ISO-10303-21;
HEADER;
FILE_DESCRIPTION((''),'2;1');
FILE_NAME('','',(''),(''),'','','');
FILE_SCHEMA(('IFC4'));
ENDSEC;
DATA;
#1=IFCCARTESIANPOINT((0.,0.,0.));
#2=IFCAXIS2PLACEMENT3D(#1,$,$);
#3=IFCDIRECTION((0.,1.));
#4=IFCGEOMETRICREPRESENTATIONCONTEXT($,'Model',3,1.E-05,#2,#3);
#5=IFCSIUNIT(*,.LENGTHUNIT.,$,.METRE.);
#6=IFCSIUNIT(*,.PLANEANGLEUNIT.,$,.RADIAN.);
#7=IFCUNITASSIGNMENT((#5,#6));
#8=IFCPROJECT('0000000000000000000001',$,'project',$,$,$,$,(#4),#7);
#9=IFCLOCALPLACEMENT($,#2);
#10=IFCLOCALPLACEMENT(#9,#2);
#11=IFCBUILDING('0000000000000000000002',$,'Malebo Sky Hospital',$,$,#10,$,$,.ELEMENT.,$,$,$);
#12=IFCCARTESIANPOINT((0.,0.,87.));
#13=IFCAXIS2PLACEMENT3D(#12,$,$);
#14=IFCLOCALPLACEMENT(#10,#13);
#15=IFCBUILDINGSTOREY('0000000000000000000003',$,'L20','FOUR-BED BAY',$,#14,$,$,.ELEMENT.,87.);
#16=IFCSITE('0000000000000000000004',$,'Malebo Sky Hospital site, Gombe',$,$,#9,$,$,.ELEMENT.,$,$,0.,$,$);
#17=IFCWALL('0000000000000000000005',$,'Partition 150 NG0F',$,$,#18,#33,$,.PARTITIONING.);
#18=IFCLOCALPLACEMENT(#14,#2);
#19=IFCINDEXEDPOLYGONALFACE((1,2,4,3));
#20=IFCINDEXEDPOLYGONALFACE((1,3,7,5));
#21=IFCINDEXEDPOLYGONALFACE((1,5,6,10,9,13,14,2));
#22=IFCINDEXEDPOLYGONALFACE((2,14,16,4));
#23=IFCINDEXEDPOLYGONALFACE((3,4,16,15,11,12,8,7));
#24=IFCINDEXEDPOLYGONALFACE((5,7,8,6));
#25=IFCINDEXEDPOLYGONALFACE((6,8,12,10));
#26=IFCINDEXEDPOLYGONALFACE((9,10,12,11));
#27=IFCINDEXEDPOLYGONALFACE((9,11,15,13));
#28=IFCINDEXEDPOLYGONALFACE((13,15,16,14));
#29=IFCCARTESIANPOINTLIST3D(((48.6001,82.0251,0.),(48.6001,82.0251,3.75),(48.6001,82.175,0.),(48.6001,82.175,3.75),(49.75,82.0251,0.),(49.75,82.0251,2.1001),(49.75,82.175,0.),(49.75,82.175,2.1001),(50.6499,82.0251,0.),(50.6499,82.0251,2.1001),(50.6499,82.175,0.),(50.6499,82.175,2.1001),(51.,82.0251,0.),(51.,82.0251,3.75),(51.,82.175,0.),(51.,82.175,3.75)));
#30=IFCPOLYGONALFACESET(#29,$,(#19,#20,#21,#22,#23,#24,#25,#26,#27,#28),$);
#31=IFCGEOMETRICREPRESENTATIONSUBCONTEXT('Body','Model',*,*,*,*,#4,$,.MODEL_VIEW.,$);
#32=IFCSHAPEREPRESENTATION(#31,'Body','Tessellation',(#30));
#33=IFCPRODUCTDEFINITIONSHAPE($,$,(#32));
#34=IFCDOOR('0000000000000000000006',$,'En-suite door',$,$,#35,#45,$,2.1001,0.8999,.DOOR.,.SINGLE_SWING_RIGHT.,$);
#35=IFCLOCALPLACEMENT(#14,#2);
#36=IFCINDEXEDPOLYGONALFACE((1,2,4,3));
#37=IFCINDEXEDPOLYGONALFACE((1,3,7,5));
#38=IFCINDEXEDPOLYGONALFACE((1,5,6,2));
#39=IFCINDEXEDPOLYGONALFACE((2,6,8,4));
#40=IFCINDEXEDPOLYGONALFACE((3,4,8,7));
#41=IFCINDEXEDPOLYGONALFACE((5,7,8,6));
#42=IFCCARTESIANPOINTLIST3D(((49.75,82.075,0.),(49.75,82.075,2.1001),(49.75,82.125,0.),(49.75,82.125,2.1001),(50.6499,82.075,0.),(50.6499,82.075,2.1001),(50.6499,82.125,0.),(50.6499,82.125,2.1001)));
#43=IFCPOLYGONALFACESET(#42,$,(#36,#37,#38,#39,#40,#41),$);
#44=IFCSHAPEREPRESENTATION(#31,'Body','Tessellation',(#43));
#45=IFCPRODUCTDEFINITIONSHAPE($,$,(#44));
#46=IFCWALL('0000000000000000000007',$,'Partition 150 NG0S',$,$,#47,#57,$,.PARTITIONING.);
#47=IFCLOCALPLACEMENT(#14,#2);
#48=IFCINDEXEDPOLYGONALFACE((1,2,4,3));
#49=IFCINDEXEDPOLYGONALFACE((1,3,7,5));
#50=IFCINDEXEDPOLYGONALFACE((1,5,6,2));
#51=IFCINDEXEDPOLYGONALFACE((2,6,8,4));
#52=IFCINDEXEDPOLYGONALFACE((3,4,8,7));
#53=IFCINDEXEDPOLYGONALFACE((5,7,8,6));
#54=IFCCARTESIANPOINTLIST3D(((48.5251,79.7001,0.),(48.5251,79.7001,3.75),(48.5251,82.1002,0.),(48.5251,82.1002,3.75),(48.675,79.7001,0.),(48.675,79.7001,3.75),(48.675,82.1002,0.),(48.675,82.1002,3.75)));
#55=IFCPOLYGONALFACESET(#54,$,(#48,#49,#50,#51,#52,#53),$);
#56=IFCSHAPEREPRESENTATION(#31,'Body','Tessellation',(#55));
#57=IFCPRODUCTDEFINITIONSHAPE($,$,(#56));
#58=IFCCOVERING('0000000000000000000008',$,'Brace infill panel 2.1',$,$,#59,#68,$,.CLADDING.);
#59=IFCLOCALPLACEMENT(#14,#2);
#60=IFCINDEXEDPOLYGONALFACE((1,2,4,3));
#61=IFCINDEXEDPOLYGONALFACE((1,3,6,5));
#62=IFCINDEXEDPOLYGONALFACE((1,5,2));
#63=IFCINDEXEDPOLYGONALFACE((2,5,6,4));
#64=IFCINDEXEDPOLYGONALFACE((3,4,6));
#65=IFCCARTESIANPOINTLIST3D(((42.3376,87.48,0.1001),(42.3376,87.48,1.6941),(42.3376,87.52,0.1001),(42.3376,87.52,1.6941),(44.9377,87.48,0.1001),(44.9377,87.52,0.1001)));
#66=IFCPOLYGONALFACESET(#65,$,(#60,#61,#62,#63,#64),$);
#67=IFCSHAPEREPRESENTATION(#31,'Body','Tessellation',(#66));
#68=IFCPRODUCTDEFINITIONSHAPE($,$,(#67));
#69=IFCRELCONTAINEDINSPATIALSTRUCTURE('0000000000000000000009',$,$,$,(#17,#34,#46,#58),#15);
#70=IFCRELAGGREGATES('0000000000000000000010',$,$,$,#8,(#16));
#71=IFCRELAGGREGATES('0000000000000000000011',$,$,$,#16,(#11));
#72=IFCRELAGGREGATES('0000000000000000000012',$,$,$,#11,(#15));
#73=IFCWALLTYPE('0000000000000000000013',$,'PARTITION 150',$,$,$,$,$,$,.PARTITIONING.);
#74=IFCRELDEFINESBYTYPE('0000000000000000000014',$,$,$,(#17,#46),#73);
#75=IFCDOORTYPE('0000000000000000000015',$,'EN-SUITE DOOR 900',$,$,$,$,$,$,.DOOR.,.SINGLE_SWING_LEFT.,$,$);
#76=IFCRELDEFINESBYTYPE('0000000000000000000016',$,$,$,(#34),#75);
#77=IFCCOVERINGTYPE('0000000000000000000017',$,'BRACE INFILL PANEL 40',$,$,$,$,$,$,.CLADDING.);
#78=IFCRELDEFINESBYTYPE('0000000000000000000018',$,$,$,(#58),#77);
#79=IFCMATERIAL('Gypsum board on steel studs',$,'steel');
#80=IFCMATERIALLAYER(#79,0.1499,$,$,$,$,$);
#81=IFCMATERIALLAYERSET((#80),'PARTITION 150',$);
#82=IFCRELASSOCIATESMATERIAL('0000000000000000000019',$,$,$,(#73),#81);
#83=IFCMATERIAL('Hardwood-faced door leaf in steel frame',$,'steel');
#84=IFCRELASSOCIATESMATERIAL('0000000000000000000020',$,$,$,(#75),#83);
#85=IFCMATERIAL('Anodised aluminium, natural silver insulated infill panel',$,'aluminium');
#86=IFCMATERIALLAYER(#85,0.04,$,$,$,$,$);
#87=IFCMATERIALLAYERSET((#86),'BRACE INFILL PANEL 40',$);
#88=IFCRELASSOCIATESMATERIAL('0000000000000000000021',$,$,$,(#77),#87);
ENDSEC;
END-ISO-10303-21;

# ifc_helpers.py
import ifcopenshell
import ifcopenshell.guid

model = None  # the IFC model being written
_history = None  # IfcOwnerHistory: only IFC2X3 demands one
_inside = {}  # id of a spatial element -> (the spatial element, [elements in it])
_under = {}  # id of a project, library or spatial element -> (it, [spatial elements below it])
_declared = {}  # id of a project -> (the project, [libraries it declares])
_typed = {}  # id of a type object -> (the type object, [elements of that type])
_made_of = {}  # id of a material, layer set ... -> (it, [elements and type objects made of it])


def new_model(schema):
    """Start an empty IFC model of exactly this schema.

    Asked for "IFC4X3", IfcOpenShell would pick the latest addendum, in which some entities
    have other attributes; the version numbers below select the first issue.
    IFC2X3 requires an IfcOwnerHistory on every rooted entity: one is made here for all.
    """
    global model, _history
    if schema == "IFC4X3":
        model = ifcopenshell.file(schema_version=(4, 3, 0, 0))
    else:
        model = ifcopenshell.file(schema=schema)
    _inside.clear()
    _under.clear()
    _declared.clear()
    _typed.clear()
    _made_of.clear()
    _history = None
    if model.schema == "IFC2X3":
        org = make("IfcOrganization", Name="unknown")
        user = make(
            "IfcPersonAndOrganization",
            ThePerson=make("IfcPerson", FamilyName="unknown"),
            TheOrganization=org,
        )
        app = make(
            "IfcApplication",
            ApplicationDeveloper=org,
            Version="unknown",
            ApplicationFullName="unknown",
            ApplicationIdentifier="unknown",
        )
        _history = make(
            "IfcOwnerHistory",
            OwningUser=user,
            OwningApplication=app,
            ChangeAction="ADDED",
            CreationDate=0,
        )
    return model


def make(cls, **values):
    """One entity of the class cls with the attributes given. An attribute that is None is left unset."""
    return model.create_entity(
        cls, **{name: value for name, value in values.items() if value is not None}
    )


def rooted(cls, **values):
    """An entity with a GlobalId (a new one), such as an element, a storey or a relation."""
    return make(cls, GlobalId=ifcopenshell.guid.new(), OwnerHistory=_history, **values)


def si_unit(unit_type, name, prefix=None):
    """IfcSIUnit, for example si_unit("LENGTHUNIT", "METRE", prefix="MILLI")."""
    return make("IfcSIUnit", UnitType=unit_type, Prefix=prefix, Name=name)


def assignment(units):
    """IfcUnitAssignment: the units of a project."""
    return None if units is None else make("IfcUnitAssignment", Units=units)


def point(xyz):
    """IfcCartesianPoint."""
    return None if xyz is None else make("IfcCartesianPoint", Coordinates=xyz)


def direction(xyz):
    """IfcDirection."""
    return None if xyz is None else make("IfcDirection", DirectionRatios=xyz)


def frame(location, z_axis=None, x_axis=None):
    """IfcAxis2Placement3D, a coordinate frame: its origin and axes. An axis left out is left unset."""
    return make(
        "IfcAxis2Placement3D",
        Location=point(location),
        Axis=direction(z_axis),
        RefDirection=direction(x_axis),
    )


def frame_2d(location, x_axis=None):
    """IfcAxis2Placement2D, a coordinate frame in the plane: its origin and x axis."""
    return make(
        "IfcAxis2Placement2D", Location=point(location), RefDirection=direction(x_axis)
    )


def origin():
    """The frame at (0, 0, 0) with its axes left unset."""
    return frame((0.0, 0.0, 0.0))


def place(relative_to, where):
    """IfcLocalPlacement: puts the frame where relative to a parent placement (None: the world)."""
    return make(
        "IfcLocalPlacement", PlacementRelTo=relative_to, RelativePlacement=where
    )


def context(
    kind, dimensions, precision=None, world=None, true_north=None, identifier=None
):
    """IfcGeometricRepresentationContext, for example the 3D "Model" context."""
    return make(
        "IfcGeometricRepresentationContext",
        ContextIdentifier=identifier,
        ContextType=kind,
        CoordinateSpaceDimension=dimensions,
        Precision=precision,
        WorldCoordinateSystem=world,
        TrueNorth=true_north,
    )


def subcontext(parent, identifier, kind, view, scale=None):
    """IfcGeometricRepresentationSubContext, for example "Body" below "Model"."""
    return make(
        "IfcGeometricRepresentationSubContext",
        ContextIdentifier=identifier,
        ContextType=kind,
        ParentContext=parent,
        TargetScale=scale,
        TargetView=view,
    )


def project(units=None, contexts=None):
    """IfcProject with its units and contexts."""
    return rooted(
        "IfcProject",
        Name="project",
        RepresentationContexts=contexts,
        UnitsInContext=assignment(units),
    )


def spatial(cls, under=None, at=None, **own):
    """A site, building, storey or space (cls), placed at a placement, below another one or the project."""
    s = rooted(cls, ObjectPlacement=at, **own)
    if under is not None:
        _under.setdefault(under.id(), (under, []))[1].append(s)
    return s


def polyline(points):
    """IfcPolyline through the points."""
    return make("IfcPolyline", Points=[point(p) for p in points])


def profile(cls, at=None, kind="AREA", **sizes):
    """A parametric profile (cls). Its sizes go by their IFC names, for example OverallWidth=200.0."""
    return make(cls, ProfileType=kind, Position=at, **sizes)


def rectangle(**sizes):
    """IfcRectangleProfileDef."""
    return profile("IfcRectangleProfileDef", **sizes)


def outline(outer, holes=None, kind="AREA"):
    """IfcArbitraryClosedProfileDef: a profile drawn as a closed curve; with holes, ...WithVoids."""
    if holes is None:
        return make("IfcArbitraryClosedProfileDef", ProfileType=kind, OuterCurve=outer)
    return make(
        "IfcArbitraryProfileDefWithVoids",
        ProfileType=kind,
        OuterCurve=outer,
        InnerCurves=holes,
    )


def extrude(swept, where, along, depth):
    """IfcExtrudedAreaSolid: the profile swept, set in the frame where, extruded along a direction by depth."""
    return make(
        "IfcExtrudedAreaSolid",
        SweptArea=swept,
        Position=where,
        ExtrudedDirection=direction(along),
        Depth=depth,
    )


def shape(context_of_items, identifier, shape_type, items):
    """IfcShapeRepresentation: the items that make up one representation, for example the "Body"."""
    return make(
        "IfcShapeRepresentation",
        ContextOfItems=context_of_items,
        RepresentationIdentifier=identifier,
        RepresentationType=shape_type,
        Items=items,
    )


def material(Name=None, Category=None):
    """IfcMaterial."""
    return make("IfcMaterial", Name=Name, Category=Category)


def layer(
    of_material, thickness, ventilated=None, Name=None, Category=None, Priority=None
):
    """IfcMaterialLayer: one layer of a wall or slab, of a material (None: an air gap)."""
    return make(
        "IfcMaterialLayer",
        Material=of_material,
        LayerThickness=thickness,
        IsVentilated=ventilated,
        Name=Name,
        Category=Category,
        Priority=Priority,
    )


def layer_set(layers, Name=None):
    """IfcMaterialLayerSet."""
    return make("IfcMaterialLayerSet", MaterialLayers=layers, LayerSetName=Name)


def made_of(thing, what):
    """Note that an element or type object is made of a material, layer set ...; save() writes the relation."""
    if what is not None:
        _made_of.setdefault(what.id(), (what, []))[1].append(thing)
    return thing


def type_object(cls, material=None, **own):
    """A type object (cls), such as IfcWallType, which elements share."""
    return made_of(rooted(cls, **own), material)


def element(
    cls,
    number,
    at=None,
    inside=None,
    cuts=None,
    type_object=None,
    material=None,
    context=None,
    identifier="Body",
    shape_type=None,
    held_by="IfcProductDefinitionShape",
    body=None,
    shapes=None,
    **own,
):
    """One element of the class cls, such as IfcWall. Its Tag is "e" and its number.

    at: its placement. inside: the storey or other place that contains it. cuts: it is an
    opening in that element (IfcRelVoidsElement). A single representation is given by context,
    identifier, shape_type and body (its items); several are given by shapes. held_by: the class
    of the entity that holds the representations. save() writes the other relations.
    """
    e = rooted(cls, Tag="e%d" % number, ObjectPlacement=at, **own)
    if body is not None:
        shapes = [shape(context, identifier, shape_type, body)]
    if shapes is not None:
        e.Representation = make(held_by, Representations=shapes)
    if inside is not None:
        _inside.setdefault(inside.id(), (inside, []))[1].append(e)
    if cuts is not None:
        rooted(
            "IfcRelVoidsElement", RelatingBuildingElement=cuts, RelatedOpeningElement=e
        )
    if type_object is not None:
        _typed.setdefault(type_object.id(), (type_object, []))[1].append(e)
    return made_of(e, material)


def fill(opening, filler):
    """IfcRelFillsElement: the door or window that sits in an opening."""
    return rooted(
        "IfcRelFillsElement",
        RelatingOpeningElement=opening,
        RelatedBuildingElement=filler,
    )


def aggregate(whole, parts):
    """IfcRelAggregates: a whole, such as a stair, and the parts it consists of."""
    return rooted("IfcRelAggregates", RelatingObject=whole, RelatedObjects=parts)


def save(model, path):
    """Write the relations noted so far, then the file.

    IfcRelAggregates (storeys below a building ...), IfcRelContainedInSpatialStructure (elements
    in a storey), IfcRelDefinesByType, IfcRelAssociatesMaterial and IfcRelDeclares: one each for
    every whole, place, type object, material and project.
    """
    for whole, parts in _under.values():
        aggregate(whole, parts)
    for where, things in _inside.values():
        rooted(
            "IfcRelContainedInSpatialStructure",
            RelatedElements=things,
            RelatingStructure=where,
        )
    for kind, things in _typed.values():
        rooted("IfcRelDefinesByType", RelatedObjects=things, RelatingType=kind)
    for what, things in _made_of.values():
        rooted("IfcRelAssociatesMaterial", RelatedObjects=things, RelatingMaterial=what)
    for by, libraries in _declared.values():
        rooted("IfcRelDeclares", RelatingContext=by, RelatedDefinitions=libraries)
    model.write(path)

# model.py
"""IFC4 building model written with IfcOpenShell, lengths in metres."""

from ifc_helpers import new_model, si_unit, direction, frame, frame_2d, origin, place, context, subcontext, project, spatial, polyline, rectangle, outline, extrude, material, layer, layer_set, type_object, element, fill, save


model = new_model("IFC4")

# Units and contexts
model_context = context("Model", 3, precision=1e-05, world=origin(), true_north=direction((0.0, 1.0)))
body_context = subcontext(model_context, "Body", "Model", "MODEL_VIEW")
ifc_project = project(units=[si_unit("LENGTHUNIT", "METRE"), si_unit("PLANEANGLEUNIT", "RADIAN")], contexts=[model_context])

# Site, building, storey
site_placement = place(None, origin())
site = spatial("IfcSite", under=ifc_project, at=site_placement, Name="Malebo Sky Hospital site, Gombe", CompositionType="ELEMENT", RefElevation=0.0)
building_placement = place(site_placement, origin())
building = spatial("IfcBuilding", under=site, at=building_placement, Name="Malebo Sky Hospital", CompositionType="ELEMENT")
storey_placement = place(building_placement, frame((0.0, 0.0, 87.0)))
storey = spatial("IfcBuildingStorey", under=building, at=storey_placement, Name="L20", Description="FOUR-BED BAY", CompositionType="ELEMENT", Elevation=87.0)

# Shared definitions
ifc_material_1 = material(Name="Gypsum board on steel studs", Category="steel")
ifc_layer_1 = layer(ifc_material_1, 0.1499)
ifc_layer_set_1 = layer_set([ifc_layer_1], Name="PARTITION 150")
wall_type = type_object("IfcWallType", Name="PARTITION 150", PredefinedType="PARTITIONING", material=ifc_layer_set_1)

# Wall, opening, door
wall_1_placement = place(storey_placement, frame((48.6001, 82.1001, 0.0), z_axis=(0.0, 0.0, 1.0), x_axis=(1.0, 0.0, 0.0)))
wall_1 = element("IfcWall", 1, at=wall_1_placement, inside=storey, type_object=wall_type, Name="Partition 150 NG0F", PredefinedType="PARTITIONING", context=body_context, shape_type="SweptSolid", body=[
    extrude(rectangle(XDim=2.3999, YDim=0.1499, at=frame_2d((1.2, 0.0))), origin(), (0.0, 0.0, 1.0), 3.75),
])
opening_placement = place(wall_1_placement, frame((1.1499, 0.0, 0.0)))
opening = element("IfcOpeningElement", 2, at=opening_placement, cuts=wall_1, PredefinedType="OPENING", context=body_context, shape_type="SweptSolid", body=[
    extrude(rectangle(XDim=0.8999, YDim=2.1001, at=frame_2d((0.45, 1.05))), frame((0.0, 0.085, 0.0), z_axis=(0.0, -1.0, 0.0), x_axis=(1.0, 0.0, 0.0)), (0.0, 0.0, 1.0), 0.1699),
])
ifc_material_2 = material(Name="Hardwood-faced door leaf in steel frame", Category="steel")
door_type = type_object("IfcDoorType", Name="EN-SUITE DOOR 900", OperationType="SINGLE_SWING_LEFT", PredefinedType="DOOR", material=ifc_material_2)
door_placement = place(opening_placement, origin())
door = element("IfcDoor", 3, at=door_placement, inside=storey, type_object=door_type, Name="En-suite door", OperationType="SINGLE_SWING_RIGHT", OverallHeight=2.1001, OverallWidth=0.8999, PredefinedType="DOOR", context=body_context, shape_type="SweptSolid", body=[
    extrude(rectangle(XDim=0.8999, YDim=2.1001, at=frame_2d((0.45, 1.05))), frame((0.0, 0.0249, 0.0), z_axis=(0.0, -1.0, 0.0), x_axis=(1.0, 0.0, 0.0)), (0.0, 0.0, 1.0), 0.05),
])
fill(opening, door)

# Wall
wall_2_placement = place(storey_placement, frame((48.6001, 79.7, 0.0), z_axis=(0.0, 0.0, 1.0), x_axis=(0.0, 1.0, 0.0)))
element("IfcWall", 4, at=wall_2_placement, inside=storey, type_object=wall_type, Name="Partition 150 NG0S", PredefinedType="PARTITIONING", context=body_context, shape_type="SweptSolid", body=[
    extrude(rectangle(XDim=2.4001, YDim=0.1499, at=frame_2d((1.2002, 0.0))), origin(), (0.0, 0.0, 1.0), 3.75),
])

# Covering
ifc_material_3 = material(Name="Anodised aluminium, natural silver insulated infill panel", Category="aluminium")
ifc_layer_2 = layer(ifc_material_3, 0.04)
ifc_layer_set_2 = layer_set([ifc_layer_2], Name="BRACE INFILL PANEL 40")
covering_type = type_object("IfcCoveringType", Name="BRACE INFILL PANEL 40", PredefinedType="CLADDING", material=ifc_layer_set_2)
covering_placement = place(storey_placement, frame((43.6377, 87.5, 0.1001), z_axis=(0.0, 0.0, 1.0), x_axis=(1.0, 0.0, 0.0)))
element("IfcCovering", 5, at=covering_placement, inside=storey, type_object=covering_type, Name="Brace infill panel 2.1", PredefinedType="CLADDING", context=body_context, shape_type="SweptSolid", body=[
    extrude(outline(polyline([(-1.3, 0.0), (1.3, 0.0), (-1.3, 1.594), (-1.3, 0.0)])), frame((0.0, 0.02, 0.0), z_axis=(0.0, -1.0, 0.0), x_axis=(1.0, 0.0, 0.0)), (0.0, 0.0, 1.0), 0.04),
])

save(model, "model.ifc")
